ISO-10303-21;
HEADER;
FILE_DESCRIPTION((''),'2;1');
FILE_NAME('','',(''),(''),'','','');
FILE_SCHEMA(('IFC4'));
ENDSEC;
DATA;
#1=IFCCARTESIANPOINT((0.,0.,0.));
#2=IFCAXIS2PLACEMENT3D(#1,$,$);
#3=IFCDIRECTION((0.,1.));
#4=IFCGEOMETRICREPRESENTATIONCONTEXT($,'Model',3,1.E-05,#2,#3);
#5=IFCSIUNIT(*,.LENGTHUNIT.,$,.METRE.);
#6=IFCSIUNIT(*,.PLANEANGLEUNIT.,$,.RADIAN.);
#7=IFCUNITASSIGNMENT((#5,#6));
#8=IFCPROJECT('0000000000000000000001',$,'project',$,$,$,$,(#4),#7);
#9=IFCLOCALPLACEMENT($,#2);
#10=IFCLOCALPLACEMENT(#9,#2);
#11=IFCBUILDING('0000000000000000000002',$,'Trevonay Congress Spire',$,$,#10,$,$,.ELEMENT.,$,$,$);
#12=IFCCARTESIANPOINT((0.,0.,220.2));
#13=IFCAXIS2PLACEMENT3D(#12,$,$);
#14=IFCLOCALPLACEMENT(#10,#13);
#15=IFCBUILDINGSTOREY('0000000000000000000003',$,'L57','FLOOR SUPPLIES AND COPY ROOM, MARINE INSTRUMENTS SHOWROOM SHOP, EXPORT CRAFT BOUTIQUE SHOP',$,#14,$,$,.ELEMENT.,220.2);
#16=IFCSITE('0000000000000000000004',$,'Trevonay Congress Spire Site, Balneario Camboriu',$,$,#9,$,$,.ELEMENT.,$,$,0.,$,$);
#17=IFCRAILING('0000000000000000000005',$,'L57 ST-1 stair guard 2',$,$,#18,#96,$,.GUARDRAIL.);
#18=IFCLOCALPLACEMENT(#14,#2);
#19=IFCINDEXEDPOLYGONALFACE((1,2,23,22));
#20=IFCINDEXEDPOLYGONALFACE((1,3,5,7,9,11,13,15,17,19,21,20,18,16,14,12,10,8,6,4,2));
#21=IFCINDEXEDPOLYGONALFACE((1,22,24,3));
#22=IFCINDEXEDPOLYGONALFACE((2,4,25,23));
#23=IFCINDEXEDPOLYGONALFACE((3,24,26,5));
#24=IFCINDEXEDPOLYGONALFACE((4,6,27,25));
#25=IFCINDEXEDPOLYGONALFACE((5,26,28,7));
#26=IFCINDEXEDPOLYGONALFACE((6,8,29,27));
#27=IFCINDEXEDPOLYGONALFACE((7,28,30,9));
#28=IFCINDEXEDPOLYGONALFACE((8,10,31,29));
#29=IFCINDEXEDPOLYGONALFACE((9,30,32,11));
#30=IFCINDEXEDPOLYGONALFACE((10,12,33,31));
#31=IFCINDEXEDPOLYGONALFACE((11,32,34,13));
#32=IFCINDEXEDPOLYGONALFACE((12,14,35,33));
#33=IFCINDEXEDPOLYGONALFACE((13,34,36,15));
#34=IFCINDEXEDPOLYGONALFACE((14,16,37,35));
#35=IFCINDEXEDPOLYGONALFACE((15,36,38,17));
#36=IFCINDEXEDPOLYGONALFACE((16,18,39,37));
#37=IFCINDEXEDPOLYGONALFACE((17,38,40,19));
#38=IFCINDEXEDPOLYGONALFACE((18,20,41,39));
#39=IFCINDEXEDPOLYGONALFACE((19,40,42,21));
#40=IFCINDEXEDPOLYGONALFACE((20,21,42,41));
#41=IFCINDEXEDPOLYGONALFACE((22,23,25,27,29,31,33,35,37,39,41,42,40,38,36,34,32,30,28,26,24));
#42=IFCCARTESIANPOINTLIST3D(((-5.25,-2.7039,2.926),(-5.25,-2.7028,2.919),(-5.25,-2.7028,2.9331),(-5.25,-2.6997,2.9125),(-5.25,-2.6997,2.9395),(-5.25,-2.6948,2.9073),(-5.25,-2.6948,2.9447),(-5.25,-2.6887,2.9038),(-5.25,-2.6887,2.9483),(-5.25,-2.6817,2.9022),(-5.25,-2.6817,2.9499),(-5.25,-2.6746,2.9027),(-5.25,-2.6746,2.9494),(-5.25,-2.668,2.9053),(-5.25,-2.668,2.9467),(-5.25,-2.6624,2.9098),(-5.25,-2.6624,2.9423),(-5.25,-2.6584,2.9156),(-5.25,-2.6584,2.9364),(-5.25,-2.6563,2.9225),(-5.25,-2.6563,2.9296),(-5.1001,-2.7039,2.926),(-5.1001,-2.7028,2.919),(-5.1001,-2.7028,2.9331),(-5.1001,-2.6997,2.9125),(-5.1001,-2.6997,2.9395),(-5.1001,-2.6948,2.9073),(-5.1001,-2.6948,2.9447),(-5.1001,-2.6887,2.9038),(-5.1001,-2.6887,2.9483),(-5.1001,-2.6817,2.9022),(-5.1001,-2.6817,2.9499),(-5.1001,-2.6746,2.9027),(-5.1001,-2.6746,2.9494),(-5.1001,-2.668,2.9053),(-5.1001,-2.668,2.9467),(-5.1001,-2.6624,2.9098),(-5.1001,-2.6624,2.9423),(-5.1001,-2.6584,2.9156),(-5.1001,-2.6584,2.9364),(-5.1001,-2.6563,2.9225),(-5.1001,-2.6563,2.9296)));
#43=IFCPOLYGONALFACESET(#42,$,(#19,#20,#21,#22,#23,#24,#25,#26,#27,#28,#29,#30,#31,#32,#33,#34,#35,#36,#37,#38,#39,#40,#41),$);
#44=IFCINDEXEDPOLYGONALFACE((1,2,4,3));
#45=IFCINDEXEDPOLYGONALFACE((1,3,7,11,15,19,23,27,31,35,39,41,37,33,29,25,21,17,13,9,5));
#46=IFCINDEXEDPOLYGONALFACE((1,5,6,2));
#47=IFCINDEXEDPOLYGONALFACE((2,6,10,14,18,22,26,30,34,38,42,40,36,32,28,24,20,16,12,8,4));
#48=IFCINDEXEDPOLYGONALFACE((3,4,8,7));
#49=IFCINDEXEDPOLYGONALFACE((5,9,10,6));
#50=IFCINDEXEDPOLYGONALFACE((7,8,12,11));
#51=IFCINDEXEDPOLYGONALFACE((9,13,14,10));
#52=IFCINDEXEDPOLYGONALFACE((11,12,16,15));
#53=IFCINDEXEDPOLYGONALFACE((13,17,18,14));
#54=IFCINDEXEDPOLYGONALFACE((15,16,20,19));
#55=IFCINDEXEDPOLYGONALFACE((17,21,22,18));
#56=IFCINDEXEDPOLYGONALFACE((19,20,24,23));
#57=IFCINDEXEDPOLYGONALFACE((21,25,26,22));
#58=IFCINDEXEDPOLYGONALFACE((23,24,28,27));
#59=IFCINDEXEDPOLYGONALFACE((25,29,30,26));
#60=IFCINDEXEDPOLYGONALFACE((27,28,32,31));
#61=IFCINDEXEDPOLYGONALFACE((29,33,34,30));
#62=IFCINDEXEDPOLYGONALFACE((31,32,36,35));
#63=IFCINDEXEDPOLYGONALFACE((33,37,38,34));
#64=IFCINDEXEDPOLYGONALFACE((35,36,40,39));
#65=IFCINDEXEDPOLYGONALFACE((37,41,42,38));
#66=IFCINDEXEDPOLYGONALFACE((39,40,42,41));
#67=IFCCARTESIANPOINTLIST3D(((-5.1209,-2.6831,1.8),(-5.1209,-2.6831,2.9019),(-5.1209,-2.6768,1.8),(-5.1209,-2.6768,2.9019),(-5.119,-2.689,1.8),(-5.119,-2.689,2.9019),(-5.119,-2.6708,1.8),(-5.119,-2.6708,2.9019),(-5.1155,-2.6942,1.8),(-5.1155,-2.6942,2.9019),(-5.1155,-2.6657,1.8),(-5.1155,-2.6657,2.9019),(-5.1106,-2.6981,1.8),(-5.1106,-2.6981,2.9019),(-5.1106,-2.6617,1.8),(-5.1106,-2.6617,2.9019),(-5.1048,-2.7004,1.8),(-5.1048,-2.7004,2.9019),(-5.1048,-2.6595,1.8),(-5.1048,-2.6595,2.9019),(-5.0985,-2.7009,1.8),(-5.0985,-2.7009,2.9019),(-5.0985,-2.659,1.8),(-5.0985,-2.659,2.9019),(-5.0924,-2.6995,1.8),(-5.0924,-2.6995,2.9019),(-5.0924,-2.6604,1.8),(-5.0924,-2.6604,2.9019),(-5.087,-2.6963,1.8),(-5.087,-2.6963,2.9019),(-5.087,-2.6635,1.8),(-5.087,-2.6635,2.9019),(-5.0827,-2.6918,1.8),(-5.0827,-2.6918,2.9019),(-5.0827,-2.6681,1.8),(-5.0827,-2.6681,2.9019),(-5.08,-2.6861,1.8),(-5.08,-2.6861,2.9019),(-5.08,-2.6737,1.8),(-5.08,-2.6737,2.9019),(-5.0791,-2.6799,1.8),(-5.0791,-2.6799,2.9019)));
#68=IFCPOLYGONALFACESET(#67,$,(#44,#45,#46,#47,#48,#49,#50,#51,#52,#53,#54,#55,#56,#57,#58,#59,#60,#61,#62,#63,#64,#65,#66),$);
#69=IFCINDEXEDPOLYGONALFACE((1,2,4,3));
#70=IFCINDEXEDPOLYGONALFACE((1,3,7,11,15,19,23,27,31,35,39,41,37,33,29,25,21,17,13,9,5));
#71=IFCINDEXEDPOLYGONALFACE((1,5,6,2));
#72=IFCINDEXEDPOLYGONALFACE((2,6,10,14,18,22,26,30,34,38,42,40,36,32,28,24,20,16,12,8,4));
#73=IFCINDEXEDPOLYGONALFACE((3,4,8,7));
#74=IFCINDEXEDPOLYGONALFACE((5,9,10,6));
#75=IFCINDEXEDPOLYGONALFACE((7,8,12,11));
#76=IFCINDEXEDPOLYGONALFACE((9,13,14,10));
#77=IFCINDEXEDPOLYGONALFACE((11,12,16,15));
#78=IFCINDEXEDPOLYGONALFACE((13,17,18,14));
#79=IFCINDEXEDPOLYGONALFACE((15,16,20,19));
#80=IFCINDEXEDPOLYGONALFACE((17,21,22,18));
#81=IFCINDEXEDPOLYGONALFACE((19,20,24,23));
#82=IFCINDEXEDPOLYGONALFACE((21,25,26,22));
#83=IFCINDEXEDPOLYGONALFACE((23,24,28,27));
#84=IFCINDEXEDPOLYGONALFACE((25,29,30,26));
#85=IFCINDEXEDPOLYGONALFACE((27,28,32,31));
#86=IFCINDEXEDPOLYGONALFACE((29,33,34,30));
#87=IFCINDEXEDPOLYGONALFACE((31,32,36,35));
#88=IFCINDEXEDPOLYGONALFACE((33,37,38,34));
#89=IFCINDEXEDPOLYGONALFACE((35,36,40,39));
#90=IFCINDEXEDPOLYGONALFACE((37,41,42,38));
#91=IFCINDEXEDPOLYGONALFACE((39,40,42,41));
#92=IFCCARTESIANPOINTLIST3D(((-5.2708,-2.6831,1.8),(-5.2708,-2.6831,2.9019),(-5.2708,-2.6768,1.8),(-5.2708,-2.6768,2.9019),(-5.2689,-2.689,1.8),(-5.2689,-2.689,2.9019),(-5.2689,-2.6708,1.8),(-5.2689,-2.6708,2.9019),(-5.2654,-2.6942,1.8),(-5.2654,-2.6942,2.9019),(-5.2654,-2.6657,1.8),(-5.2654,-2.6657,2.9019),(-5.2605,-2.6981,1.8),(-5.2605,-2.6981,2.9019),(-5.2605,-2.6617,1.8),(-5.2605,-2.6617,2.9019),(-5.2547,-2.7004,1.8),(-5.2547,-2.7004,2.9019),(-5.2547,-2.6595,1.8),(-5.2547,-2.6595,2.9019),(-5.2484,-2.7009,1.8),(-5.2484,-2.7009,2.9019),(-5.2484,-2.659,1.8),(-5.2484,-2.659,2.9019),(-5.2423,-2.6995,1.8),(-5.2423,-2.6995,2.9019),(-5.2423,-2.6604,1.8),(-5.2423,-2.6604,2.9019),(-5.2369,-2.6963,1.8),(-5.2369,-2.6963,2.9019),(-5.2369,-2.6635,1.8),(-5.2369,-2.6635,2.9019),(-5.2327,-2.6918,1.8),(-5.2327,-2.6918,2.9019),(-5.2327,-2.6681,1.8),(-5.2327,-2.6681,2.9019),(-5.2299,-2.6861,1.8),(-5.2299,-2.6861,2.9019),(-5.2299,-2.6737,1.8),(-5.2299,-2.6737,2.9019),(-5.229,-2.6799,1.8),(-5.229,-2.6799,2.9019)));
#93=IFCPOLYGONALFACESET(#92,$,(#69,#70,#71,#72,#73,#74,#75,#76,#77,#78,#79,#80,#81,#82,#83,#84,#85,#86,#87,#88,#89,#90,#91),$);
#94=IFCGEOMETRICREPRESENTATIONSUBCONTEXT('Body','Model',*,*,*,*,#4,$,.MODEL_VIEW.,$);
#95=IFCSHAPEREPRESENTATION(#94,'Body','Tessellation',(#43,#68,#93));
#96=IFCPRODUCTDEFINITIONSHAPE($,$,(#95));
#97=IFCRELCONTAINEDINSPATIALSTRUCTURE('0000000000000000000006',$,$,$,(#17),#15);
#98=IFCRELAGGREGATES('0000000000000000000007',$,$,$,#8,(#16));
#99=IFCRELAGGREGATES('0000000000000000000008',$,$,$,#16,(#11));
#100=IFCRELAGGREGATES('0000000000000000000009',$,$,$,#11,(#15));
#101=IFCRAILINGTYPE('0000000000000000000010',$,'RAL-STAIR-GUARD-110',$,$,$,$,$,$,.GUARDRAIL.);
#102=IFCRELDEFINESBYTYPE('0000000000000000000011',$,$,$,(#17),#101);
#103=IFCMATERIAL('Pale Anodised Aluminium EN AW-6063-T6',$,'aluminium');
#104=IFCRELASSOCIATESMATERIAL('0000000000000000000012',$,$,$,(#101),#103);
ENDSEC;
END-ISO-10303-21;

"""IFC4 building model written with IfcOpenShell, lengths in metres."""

from ifc_helpers import new_model, si_unit, direction, frame, origin, origin_2d, place, context, subcontext, project, spatial, circle, extrude, material, type_object, element, save


model = new_model("IFC4")

# Units and contexts
model_context = context("Model", 3, precision=1e-05, world=origin(), true_north=direction((0.0, 1.0)))
body_context = subcontext(model_context, "Body", "Model", "MODEL_VIEW")
ifc_project = project(units=[si_unit("LENGTHUNIT", "METRE"), si_unit("PLANEANGLEUNIT", "RADIAN")], contexts=[model_context])

# Site, building, storey
site_placement = place(None, origin())
site = spatial("IfcSite", under=ifc_project, at=site_placement, Name="Trevonay Congress Spire Site, Balneario Camboriu", CompositionType="ELEMENT", RefElevation=0.0)
building_placement = place(site_placement, origin())
building = spatial("IfcBuilding", under=site, at=building_placement, Name="Trevonay Congress Spire", CompositionType="ELEMENT")
storey_placement = place(building_placement, frame((0.0, 0.0, 220.2)))
storey = spatial("IfcBuildingStorey", under=building, at=storey_placement, Name="L57", Description="FLOOR SUPPLIES AND COPY ROOM, MARINE INSTRUMENTS SHOWROOM SHOP, EXPORT CRAFT BOUTIQUE SHOP", CompositionType="ELEMENT", Elevation=220.2)

# Railing
ifc_material_1 = material(Name="Pale Anodised Aluminium EN AW-6063-T6", Category="aluminium")
railing_type_1 = type_object("IfcRailingType", Name="RAL-STAIR-GUARD-110", PredefinedType="GUARDRAIL", material=ifc_material_1)
railing_1_placement = place(storey_placement, frame((-5.1001, -2.6799, 1.8)))
element("IfcRailing", 1, at=railing_1_placement, inside=storey, type_object=railing_type_1, Name="L57 ST-1 stair guard 2", PredefinedType="GUARDRAIL", context=body_context, shape_type="SweptSolid", body=[
    extrude(circle(Radius=0.0239, at=origin_2d()), frame((0.0, 0.0, 1.126), z_axis=(-1.0, 0.0, 0.0), x_axis=(0.0, -1.0, 0.0)), (0.0, 0.0, 1.0), 0.1499),
    extrude(circle(Radius=0.021, at=origin_2d()), origin(), (0.0, 0.0, 1.0), 1.1018),
    extrude(circle(Radius=0.021, at=origin_2d()), frame((-0.1499, 0.0, 0.0)), (0.0, 0.0, 1.0), 1.1018),
])

save(model, "model.ifc")
